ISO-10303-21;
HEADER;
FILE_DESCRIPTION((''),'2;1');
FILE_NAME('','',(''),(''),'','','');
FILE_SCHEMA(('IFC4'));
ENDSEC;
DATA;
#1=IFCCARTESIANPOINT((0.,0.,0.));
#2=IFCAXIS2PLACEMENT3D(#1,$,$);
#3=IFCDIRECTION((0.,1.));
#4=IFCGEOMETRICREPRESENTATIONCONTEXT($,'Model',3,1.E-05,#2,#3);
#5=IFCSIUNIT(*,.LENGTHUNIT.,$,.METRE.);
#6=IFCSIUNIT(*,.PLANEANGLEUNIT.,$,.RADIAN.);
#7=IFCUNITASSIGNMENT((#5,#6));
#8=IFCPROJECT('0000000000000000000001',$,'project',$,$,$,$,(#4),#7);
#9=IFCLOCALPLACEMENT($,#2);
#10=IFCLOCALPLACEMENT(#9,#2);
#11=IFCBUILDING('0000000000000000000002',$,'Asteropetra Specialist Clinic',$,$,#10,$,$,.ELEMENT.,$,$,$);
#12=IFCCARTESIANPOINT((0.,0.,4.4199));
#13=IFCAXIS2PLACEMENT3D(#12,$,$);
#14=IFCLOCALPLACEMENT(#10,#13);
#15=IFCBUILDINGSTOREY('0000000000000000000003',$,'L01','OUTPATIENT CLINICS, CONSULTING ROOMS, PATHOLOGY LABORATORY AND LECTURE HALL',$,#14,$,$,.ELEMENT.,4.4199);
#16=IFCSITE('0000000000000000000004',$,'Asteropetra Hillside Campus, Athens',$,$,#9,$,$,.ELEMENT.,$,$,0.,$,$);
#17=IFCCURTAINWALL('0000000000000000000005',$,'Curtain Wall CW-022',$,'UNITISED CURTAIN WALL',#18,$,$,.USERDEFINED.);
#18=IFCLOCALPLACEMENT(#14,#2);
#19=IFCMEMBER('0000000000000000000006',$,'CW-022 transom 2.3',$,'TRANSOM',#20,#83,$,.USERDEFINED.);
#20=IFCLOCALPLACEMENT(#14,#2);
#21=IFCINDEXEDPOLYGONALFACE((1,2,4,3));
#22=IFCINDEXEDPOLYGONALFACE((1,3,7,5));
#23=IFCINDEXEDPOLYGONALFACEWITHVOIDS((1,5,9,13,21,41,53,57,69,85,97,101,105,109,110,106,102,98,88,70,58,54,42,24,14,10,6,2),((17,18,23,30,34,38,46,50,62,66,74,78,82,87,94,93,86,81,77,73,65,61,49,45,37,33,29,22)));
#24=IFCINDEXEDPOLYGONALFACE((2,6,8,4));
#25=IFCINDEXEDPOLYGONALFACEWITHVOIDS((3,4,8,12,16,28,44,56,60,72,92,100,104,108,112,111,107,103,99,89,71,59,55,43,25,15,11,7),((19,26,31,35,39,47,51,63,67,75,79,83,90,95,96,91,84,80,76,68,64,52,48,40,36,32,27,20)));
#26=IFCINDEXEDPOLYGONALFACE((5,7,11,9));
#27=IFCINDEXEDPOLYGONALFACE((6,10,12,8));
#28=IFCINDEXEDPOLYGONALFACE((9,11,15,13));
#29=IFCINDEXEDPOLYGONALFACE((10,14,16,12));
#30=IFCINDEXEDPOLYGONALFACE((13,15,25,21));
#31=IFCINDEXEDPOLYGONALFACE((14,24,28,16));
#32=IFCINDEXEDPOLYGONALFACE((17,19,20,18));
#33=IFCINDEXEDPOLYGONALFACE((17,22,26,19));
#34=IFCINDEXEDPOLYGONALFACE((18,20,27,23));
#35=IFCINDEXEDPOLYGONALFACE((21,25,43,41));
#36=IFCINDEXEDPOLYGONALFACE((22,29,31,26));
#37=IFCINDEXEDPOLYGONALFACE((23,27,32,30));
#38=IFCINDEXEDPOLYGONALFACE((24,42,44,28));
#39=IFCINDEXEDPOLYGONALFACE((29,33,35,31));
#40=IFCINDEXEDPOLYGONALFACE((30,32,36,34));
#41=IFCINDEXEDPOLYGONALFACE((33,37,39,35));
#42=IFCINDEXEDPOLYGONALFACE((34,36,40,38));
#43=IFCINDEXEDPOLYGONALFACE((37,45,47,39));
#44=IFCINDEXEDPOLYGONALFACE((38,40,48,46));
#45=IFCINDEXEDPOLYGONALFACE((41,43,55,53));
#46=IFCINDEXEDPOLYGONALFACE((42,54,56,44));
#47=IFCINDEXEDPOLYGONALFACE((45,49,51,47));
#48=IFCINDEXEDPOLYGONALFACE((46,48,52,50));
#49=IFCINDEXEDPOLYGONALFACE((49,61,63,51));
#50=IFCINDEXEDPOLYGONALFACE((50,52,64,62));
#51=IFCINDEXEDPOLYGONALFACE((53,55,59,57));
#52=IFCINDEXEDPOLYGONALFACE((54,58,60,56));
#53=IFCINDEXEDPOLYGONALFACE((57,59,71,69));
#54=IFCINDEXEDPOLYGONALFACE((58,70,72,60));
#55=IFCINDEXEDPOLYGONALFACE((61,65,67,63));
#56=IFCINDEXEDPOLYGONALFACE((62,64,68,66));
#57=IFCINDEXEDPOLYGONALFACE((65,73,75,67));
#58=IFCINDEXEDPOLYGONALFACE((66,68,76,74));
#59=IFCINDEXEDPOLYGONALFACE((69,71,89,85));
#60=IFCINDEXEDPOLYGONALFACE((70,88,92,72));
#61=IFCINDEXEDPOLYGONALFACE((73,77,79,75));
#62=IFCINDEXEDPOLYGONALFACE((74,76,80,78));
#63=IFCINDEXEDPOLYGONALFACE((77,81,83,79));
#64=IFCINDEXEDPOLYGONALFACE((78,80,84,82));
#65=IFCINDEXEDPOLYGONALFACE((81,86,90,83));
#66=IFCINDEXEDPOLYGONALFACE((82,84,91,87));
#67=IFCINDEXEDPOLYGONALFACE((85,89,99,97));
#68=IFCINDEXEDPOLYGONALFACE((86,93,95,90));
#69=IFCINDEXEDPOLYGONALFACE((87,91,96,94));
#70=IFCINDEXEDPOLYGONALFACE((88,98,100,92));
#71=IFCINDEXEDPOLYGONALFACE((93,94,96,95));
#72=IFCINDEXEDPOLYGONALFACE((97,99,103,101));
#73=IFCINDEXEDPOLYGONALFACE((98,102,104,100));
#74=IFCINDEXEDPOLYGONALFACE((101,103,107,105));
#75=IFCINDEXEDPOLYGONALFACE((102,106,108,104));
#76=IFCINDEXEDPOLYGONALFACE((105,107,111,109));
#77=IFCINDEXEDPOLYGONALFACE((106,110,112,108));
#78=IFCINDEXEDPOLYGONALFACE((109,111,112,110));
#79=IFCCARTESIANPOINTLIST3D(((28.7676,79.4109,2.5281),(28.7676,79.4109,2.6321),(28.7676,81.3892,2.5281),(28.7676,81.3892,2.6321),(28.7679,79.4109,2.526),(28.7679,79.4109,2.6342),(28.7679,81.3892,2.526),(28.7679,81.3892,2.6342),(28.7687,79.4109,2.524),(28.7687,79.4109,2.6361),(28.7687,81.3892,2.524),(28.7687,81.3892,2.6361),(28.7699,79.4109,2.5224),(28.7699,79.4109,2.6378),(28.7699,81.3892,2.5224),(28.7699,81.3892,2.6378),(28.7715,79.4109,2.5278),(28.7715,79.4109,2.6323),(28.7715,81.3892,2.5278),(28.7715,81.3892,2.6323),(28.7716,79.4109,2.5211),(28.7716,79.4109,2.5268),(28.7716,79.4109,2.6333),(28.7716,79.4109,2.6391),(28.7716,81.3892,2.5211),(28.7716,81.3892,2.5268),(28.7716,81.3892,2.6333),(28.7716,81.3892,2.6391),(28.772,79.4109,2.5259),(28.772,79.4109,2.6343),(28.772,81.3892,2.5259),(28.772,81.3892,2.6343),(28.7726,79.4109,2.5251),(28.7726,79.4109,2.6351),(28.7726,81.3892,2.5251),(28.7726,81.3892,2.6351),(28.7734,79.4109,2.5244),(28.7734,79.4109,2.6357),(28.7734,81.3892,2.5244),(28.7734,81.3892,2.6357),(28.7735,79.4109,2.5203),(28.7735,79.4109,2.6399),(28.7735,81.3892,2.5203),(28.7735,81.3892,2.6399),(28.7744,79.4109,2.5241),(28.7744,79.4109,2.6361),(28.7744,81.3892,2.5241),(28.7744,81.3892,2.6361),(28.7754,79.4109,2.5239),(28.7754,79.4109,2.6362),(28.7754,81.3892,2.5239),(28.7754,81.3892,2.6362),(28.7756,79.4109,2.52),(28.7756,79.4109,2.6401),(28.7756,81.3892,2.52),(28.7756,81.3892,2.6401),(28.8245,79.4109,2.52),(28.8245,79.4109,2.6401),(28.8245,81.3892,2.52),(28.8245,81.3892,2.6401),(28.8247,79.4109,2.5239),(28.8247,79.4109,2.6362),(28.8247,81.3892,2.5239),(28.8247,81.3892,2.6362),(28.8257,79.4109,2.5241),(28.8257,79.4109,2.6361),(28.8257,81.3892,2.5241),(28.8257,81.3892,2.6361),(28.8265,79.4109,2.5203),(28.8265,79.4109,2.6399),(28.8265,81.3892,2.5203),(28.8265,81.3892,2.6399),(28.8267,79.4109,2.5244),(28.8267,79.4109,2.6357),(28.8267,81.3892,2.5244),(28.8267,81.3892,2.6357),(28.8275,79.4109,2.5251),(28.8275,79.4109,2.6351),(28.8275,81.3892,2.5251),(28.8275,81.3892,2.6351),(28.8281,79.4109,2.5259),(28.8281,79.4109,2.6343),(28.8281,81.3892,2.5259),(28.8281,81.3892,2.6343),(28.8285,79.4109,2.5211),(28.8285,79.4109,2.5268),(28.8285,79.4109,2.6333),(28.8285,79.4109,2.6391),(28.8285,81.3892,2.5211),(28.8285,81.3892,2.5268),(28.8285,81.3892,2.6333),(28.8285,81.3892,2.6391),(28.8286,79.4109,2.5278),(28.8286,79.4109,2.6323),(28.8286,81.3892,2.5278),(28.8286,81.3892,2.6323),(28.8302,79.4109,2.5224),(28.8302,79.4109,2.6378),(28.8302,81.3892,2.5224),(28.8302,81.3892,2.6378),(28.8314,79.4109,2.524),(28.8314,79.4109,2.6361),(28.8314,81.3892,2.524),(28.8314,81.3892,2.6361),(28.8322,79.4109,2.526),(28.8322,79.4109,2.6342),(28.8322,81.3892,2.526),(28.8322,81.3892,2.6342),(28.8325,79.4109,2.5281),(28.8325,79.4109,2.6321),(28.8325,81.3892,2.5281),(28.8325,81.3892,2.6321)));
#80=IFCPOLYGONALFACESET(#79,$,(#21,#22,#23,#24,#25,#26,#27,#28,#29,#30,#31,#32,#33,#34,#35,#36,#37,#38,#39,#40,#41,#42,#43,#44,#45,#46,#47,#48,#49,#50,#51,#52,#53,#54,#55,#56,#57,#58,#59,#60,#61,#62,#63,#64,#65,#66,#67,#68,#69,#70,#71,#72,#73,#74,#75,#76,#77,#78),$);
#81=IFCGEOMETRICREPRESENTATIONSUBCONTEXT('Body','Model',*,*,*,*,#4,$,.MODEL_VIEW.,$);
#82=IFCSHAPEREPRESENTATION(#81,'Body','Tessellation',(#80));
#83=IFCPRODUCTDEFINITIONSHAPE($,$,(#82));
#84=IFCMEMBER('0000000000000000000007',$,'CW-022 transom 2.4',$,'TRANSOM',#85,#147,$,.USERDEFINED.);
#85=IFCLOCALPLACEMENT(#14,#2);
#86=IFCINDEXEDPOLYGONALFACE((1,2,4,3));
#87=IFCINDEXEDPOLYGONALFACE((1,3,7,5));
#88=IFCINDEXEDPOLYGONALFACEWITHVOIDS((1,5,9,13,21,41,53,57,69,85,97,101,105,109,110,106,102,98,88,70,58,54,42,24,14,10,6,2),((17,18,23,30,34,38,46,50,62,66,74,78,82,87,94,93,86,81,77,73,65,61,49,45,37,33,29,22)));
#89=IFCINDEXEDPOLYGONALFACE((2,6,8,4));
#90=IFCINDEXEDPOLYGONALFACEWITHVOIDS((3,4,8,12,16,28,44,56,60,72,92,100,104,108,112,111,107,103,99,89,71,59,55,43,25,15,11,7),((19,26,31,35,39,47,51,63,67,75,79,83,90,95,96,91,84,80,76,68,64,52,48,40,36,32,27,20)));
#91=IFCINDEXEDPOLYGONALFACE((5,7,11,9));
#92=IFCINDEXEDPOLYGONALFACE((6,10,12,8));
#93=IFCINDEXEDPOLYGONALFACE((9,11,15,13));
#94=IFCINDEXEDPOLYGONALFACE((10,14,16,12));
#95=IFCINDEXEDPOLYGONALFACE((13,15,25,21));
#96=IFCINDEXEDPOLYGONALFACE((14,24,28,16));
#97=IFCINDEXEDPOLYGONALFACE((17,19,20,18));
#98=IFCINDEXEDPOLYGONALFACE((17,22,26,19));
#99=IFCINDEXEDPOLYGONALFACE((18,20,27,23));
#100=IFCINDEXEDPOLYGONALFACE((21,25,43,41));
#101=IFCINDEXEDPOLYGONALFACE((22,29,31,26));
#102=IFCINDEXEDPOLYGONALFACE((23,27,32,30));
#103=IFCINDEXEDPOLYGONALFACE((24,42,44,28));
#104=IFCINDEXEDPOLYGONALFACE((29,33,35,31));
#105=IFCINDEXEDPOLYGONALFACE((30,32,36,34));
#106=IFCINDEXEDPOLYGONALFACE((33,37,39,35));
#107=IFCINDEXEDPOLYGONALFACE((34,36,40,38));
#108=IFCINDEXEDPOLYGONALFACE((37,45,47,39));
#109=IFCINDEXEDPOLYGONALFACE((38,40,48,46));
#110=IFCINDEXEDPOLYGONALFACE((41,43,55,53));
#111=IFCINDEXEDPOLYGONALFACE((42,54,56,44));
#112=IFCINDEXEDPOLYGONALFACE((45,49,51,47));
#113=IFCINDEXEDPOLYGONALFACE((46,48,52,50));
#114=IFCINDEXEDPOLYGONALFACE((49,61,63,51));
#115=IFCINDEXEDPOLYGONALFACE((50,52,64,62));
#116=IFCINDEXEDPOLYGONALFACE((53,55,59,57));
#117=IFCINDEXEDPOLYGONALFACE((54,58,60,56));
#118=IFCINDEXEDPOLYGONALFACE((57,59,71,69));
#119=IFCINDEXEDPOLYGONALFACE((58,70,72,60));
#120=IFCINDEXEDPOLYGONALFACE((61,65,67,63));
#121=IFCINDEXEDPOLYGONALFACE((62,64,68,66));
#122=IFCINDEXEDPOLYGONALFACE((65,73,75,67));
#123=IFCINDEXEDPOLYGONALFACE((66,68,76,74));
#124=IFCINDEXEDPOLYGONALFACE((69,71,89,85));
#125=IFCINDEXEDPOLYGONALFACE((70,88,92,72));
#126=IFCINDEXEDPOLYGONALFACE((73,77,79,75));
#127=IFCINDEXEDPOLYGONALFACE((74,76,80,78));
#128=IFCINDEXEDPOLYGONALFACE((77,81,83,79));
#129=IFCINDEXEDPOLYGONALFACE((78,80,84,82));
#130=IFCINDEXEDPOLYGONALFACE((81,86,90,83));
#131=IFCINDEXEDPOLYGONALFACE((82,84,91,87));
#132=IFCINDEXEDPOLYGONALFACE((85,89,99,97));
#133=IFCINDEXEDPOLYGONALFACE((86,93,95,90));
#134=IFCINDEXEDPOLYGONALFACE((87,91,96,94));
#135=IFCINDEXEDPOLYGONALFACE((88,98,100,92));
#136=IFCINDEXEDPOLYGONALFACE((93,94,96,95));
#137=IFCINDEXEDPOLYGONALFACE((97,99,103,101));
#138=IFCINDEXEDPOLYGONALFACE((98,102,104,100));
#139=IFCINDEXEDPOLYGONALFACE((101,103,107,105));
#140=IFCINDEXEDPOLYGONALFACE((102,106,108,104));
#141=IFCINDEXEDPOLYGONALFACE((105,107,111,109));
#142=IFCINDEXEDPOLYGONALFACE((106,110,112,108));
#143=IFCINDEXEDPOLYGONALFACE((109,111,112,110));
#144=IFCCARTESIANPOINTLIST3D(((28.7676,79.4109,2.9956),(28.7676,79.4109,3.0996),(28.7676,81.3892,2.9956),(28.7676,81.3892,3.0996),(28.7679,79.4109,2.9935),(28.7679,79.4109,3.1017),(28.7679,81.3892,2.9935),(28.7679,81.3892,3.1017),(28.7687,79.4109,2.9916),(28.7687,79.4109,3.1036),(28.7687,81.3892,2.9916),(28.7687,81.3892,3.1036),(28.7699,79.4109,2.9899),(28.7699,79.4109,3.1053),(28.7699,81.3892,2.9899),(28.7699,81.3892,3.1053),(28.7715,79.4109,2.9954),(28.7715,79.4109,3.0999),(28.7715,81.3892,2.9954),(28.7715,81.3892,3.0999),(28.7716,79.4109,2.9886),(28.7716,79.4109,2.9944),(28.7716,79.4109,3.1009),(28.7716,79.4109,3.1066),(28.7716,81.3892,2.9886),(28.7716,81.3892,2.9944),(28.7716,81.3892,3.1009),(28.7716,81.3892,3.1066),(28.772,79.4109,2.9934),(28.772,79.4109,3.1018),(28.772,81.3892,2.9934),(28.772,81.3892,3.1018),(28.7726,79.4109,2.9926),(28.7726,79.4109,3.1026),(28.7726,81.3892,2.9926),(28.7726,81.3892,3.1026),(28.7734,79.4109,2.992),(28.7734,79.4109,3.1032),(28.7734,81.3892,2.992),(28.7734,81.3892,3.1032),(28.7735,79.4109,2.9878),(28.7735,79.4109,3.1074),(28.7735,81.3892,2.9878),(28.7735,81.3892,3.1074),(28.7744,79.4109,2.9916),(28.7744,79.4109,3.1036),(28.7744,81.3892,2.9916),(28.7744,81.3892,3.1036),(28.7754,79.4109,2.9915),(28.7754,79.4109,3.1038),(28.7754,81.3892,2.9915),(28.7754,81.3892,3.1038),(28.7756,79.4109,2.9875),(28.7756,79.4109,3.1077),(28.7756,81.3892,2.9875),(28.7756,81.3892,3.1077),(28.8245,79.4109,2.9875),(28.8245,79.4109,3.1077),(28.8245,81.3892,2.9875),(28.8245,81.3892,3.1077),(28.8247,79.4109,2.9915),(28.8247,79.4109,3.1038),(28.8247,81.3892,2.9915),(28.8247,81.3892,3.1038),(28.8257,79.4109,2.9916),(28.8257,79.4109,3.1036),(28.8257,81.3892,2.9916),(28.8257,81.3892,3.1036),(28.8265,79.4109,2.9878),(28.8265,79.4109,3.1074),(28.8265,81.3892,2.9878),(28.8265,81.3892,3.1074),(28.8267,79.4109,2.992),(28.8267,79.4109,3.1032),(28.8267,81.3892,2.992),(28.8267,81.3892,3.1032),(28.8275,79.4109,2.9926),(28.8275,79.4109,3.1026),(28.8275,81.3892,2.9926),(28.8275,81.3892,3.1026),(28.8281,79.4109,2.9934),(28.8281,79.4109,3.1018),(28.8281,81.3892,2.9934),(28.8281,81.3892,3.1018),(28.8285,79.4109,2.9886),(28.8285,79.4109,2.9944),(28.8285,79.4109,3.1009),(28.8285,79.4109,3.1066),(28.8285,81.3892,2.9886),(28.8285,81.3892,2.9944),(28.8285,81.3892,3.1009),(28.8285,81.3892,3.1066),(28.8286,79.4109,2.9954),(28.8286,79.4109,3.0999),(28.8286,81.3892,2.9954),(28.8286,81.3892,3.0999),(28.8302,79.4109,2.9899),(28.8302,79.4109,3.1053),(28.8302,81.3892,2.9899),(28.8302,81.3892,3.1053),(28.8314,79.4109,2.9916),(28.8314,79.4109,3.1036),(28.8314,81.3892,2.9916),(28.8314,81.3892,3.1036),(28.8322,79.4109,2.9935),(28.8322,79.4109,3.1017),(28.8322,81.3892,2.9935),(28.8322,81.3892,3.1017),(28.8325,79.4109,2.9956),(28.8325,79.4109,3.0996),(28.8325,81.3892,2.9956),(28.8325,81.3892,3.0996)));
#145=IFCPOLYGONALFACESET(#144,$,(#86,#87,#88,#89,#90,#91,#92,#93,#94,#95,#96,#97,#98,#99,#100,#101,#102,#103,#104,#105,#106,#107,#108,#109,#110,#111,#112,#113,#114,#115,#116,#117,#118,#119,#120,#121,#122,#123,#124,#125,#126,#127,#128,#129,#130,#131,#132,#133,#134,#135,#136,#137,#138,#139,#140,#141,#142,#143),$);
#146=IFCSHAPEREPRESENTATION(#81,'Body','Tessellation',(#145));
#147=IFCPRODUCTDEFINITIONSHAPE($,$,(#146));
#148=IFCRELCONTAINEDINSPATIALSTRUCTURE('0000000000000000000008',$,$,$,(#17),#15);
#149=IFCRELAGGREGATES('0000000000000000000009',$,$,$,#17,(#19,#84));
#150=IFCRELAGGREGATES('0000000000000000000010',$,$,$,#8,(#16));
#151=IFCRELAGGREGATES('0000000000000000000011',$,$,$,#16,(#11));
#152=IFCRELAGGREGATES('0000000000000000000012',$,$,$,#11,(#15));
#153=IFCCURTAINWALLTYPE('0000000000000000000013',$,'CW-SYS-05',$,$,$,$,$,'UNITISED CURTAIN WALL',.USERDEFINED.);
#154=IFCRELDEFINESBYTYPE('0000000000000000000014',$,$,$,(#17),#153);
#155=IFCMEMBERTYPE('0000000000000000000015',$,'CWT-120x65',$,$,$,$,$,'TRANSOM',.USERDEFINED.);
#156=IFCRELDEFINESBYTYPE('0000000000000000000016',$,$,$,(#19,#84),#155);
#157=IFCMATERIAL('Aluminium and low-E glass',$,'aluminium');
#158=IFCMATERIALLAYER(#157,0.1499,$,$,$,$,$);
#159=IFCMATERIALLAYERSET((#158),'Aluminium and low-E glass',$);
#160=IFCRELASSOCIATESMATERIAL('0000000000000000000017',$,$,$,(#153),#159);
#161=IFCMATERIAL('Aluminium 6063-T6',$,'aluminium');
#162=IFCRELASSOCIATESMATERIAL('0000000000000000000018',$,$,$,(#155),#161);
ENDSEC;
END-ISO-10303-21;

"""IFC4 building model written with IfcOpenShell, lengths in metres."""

from ifc_helpers import new_model, si_unit, direction, frame, origin, origin_2d, place, context, subcontext, project, spatial, hollow_rectangle, extrude, material, layer, layer_set, material_profile, profile_set, type_object, element, aggregate, save


model = new_model("IFC4")

# Units and contexts
model_context = context("Model", 3, precision=1e-05, world=origin(), true_north=direction((0.0, 1.0)))
body_context = subcontext(model_context, "Body", "Model", "MODEL_VIEW")
ifc_project = project(units=[si_unit("LENGTHUNIT", "METRE"), si_unit("PLANEANGLEUNIT", "RADIAN")], contexts=[model_context])

# Site, building, storey
site_placement = place(None, origin())
site = spatial("IfcSite", under=ifc_project, at=site_placement, Name="Asteropetra Hillside Campus, Athens", CompositionType="ELEMENT", RefElevation=0.0)
building_placement = place(site_placement, origin())
building = spatial("IfcBuilding", under=site, at=building_placement, Name="Asteropetra Specialist Clinic", CompositionType="ELEMENT")
storey_placement = place(building_placement, frame((0.0, 0.0, 4.4199)))
storey = spatial("IfcBuildingStorey", under=building, at=storey_placement, Name="L01", Description="OUTPATIENT CLINICS, CONSULTING ROOMS, PATHOLOGY LABORATORY AND LECTURE HALL", CompositionType="ELEMENT", Elevation=4.4199)

# Curtain wall
ifc_material_1 = material(Name="Aluminium and low-E glass", Category="aluminium")
ifc_layer_1 = layer(ifc_material_1, 0.1499)
ifc_layer_set_1 = layer_set([ifc_layer_1], Name="Aluminium and low-E glass")
curtain_wall_type_1 = type_object("IfcCurtainWallType", Name="CW-SYS-05", ElementType="UNITISED CURTAIN WALL", PredefinedType="USERDEFINED", material=ifc_layer_set_1)
curtain_wall_1_placement = place(storey_placement, origin())
curtain_wall_1 = element("IfcCurtainWall", 1, at=curtain_wall_1_placement, inside=storey, type_object=curtain_wall_type_1, Name="Curtain Wall CW-022", ObjectType="UNITISED CURTAIN WALL", PredefinedType="USERDEFINED")

# Members
ifc_material_2 = material(Name="Aluminium 6063-T6", Category="aluminium")
ifc_material_profile_1 = material_profile(ifc_material_2, hollow_rectangle(XDim=0.0649, YDim=0.1201, WallThickness=0.0039, InnerFilletRadius=0.0039, OuterFilletRadius=0.0081, at=origin_2d()), Name="TRN 120x65x4.0")
ifc_profile_set_1 = profile_set([ifc_material_profile_1], Name="Aluminium 6063-T6")
member_type_1 = type_object("IfcMemberType", Name="CWT-120x65", ElementType="TRANSOM", PredefinedType="USERDEFINED", material=ifc_profile_set_1)
member_1_placement = place(storey_placement, frame((28.8, 79.4109, 2.5801), z_axis=(0.0, 1.0, 0.0), x_axis=(-1.0, 0.0, 0.0)))
member_1 = element("IfcMember", 2, at=member_1_placement, type_object=member_type_1, Name="CW-022 transom 2.3", ObjectType="TRANSOM", PredefinedType="USERDEFINED", context=body_context, shape_type="SweptSolid", body=[
    extrude(hollow_rectangle(XDim=0.0649, YDim=0.1201, WallThickness=0.0039, InnerFilletRadius=0.0039, OuterFilletRadius=0.0081, at=origin_2d()), origin(), (0.0, 0.0, 1.0), 1.9783),
])
member_2_placement = place(storey_placement, frame((28.8, 79.4109, 3.0476), z_axis=(0.0, 1.0, 0.0), x_axis=(-1.0, 0.0, 0.0)))
member_2 = element("IfcMember", 3, at=member_2_placement, type_object=member_type_1, Name="CW-022 transom 2.4", ObjectType="TRANSOM", PredefinedType="USERDEFINED", context=body_context, shape_type="SweptSolid", body=[
    extrude(hollow_rectangle(XDim=0.0649, YDim=0.1201, WallThickness=0.0039, InnerFilletRadius=0.0039, OuterFilletRadius=0.0081, at=origin_2d()), origin(), (0.0, 0.0, 1.0), 1.9783),
])

aggregate(curtain_wall_1, [member_1, member_2])

save(model, "model.ifc")
